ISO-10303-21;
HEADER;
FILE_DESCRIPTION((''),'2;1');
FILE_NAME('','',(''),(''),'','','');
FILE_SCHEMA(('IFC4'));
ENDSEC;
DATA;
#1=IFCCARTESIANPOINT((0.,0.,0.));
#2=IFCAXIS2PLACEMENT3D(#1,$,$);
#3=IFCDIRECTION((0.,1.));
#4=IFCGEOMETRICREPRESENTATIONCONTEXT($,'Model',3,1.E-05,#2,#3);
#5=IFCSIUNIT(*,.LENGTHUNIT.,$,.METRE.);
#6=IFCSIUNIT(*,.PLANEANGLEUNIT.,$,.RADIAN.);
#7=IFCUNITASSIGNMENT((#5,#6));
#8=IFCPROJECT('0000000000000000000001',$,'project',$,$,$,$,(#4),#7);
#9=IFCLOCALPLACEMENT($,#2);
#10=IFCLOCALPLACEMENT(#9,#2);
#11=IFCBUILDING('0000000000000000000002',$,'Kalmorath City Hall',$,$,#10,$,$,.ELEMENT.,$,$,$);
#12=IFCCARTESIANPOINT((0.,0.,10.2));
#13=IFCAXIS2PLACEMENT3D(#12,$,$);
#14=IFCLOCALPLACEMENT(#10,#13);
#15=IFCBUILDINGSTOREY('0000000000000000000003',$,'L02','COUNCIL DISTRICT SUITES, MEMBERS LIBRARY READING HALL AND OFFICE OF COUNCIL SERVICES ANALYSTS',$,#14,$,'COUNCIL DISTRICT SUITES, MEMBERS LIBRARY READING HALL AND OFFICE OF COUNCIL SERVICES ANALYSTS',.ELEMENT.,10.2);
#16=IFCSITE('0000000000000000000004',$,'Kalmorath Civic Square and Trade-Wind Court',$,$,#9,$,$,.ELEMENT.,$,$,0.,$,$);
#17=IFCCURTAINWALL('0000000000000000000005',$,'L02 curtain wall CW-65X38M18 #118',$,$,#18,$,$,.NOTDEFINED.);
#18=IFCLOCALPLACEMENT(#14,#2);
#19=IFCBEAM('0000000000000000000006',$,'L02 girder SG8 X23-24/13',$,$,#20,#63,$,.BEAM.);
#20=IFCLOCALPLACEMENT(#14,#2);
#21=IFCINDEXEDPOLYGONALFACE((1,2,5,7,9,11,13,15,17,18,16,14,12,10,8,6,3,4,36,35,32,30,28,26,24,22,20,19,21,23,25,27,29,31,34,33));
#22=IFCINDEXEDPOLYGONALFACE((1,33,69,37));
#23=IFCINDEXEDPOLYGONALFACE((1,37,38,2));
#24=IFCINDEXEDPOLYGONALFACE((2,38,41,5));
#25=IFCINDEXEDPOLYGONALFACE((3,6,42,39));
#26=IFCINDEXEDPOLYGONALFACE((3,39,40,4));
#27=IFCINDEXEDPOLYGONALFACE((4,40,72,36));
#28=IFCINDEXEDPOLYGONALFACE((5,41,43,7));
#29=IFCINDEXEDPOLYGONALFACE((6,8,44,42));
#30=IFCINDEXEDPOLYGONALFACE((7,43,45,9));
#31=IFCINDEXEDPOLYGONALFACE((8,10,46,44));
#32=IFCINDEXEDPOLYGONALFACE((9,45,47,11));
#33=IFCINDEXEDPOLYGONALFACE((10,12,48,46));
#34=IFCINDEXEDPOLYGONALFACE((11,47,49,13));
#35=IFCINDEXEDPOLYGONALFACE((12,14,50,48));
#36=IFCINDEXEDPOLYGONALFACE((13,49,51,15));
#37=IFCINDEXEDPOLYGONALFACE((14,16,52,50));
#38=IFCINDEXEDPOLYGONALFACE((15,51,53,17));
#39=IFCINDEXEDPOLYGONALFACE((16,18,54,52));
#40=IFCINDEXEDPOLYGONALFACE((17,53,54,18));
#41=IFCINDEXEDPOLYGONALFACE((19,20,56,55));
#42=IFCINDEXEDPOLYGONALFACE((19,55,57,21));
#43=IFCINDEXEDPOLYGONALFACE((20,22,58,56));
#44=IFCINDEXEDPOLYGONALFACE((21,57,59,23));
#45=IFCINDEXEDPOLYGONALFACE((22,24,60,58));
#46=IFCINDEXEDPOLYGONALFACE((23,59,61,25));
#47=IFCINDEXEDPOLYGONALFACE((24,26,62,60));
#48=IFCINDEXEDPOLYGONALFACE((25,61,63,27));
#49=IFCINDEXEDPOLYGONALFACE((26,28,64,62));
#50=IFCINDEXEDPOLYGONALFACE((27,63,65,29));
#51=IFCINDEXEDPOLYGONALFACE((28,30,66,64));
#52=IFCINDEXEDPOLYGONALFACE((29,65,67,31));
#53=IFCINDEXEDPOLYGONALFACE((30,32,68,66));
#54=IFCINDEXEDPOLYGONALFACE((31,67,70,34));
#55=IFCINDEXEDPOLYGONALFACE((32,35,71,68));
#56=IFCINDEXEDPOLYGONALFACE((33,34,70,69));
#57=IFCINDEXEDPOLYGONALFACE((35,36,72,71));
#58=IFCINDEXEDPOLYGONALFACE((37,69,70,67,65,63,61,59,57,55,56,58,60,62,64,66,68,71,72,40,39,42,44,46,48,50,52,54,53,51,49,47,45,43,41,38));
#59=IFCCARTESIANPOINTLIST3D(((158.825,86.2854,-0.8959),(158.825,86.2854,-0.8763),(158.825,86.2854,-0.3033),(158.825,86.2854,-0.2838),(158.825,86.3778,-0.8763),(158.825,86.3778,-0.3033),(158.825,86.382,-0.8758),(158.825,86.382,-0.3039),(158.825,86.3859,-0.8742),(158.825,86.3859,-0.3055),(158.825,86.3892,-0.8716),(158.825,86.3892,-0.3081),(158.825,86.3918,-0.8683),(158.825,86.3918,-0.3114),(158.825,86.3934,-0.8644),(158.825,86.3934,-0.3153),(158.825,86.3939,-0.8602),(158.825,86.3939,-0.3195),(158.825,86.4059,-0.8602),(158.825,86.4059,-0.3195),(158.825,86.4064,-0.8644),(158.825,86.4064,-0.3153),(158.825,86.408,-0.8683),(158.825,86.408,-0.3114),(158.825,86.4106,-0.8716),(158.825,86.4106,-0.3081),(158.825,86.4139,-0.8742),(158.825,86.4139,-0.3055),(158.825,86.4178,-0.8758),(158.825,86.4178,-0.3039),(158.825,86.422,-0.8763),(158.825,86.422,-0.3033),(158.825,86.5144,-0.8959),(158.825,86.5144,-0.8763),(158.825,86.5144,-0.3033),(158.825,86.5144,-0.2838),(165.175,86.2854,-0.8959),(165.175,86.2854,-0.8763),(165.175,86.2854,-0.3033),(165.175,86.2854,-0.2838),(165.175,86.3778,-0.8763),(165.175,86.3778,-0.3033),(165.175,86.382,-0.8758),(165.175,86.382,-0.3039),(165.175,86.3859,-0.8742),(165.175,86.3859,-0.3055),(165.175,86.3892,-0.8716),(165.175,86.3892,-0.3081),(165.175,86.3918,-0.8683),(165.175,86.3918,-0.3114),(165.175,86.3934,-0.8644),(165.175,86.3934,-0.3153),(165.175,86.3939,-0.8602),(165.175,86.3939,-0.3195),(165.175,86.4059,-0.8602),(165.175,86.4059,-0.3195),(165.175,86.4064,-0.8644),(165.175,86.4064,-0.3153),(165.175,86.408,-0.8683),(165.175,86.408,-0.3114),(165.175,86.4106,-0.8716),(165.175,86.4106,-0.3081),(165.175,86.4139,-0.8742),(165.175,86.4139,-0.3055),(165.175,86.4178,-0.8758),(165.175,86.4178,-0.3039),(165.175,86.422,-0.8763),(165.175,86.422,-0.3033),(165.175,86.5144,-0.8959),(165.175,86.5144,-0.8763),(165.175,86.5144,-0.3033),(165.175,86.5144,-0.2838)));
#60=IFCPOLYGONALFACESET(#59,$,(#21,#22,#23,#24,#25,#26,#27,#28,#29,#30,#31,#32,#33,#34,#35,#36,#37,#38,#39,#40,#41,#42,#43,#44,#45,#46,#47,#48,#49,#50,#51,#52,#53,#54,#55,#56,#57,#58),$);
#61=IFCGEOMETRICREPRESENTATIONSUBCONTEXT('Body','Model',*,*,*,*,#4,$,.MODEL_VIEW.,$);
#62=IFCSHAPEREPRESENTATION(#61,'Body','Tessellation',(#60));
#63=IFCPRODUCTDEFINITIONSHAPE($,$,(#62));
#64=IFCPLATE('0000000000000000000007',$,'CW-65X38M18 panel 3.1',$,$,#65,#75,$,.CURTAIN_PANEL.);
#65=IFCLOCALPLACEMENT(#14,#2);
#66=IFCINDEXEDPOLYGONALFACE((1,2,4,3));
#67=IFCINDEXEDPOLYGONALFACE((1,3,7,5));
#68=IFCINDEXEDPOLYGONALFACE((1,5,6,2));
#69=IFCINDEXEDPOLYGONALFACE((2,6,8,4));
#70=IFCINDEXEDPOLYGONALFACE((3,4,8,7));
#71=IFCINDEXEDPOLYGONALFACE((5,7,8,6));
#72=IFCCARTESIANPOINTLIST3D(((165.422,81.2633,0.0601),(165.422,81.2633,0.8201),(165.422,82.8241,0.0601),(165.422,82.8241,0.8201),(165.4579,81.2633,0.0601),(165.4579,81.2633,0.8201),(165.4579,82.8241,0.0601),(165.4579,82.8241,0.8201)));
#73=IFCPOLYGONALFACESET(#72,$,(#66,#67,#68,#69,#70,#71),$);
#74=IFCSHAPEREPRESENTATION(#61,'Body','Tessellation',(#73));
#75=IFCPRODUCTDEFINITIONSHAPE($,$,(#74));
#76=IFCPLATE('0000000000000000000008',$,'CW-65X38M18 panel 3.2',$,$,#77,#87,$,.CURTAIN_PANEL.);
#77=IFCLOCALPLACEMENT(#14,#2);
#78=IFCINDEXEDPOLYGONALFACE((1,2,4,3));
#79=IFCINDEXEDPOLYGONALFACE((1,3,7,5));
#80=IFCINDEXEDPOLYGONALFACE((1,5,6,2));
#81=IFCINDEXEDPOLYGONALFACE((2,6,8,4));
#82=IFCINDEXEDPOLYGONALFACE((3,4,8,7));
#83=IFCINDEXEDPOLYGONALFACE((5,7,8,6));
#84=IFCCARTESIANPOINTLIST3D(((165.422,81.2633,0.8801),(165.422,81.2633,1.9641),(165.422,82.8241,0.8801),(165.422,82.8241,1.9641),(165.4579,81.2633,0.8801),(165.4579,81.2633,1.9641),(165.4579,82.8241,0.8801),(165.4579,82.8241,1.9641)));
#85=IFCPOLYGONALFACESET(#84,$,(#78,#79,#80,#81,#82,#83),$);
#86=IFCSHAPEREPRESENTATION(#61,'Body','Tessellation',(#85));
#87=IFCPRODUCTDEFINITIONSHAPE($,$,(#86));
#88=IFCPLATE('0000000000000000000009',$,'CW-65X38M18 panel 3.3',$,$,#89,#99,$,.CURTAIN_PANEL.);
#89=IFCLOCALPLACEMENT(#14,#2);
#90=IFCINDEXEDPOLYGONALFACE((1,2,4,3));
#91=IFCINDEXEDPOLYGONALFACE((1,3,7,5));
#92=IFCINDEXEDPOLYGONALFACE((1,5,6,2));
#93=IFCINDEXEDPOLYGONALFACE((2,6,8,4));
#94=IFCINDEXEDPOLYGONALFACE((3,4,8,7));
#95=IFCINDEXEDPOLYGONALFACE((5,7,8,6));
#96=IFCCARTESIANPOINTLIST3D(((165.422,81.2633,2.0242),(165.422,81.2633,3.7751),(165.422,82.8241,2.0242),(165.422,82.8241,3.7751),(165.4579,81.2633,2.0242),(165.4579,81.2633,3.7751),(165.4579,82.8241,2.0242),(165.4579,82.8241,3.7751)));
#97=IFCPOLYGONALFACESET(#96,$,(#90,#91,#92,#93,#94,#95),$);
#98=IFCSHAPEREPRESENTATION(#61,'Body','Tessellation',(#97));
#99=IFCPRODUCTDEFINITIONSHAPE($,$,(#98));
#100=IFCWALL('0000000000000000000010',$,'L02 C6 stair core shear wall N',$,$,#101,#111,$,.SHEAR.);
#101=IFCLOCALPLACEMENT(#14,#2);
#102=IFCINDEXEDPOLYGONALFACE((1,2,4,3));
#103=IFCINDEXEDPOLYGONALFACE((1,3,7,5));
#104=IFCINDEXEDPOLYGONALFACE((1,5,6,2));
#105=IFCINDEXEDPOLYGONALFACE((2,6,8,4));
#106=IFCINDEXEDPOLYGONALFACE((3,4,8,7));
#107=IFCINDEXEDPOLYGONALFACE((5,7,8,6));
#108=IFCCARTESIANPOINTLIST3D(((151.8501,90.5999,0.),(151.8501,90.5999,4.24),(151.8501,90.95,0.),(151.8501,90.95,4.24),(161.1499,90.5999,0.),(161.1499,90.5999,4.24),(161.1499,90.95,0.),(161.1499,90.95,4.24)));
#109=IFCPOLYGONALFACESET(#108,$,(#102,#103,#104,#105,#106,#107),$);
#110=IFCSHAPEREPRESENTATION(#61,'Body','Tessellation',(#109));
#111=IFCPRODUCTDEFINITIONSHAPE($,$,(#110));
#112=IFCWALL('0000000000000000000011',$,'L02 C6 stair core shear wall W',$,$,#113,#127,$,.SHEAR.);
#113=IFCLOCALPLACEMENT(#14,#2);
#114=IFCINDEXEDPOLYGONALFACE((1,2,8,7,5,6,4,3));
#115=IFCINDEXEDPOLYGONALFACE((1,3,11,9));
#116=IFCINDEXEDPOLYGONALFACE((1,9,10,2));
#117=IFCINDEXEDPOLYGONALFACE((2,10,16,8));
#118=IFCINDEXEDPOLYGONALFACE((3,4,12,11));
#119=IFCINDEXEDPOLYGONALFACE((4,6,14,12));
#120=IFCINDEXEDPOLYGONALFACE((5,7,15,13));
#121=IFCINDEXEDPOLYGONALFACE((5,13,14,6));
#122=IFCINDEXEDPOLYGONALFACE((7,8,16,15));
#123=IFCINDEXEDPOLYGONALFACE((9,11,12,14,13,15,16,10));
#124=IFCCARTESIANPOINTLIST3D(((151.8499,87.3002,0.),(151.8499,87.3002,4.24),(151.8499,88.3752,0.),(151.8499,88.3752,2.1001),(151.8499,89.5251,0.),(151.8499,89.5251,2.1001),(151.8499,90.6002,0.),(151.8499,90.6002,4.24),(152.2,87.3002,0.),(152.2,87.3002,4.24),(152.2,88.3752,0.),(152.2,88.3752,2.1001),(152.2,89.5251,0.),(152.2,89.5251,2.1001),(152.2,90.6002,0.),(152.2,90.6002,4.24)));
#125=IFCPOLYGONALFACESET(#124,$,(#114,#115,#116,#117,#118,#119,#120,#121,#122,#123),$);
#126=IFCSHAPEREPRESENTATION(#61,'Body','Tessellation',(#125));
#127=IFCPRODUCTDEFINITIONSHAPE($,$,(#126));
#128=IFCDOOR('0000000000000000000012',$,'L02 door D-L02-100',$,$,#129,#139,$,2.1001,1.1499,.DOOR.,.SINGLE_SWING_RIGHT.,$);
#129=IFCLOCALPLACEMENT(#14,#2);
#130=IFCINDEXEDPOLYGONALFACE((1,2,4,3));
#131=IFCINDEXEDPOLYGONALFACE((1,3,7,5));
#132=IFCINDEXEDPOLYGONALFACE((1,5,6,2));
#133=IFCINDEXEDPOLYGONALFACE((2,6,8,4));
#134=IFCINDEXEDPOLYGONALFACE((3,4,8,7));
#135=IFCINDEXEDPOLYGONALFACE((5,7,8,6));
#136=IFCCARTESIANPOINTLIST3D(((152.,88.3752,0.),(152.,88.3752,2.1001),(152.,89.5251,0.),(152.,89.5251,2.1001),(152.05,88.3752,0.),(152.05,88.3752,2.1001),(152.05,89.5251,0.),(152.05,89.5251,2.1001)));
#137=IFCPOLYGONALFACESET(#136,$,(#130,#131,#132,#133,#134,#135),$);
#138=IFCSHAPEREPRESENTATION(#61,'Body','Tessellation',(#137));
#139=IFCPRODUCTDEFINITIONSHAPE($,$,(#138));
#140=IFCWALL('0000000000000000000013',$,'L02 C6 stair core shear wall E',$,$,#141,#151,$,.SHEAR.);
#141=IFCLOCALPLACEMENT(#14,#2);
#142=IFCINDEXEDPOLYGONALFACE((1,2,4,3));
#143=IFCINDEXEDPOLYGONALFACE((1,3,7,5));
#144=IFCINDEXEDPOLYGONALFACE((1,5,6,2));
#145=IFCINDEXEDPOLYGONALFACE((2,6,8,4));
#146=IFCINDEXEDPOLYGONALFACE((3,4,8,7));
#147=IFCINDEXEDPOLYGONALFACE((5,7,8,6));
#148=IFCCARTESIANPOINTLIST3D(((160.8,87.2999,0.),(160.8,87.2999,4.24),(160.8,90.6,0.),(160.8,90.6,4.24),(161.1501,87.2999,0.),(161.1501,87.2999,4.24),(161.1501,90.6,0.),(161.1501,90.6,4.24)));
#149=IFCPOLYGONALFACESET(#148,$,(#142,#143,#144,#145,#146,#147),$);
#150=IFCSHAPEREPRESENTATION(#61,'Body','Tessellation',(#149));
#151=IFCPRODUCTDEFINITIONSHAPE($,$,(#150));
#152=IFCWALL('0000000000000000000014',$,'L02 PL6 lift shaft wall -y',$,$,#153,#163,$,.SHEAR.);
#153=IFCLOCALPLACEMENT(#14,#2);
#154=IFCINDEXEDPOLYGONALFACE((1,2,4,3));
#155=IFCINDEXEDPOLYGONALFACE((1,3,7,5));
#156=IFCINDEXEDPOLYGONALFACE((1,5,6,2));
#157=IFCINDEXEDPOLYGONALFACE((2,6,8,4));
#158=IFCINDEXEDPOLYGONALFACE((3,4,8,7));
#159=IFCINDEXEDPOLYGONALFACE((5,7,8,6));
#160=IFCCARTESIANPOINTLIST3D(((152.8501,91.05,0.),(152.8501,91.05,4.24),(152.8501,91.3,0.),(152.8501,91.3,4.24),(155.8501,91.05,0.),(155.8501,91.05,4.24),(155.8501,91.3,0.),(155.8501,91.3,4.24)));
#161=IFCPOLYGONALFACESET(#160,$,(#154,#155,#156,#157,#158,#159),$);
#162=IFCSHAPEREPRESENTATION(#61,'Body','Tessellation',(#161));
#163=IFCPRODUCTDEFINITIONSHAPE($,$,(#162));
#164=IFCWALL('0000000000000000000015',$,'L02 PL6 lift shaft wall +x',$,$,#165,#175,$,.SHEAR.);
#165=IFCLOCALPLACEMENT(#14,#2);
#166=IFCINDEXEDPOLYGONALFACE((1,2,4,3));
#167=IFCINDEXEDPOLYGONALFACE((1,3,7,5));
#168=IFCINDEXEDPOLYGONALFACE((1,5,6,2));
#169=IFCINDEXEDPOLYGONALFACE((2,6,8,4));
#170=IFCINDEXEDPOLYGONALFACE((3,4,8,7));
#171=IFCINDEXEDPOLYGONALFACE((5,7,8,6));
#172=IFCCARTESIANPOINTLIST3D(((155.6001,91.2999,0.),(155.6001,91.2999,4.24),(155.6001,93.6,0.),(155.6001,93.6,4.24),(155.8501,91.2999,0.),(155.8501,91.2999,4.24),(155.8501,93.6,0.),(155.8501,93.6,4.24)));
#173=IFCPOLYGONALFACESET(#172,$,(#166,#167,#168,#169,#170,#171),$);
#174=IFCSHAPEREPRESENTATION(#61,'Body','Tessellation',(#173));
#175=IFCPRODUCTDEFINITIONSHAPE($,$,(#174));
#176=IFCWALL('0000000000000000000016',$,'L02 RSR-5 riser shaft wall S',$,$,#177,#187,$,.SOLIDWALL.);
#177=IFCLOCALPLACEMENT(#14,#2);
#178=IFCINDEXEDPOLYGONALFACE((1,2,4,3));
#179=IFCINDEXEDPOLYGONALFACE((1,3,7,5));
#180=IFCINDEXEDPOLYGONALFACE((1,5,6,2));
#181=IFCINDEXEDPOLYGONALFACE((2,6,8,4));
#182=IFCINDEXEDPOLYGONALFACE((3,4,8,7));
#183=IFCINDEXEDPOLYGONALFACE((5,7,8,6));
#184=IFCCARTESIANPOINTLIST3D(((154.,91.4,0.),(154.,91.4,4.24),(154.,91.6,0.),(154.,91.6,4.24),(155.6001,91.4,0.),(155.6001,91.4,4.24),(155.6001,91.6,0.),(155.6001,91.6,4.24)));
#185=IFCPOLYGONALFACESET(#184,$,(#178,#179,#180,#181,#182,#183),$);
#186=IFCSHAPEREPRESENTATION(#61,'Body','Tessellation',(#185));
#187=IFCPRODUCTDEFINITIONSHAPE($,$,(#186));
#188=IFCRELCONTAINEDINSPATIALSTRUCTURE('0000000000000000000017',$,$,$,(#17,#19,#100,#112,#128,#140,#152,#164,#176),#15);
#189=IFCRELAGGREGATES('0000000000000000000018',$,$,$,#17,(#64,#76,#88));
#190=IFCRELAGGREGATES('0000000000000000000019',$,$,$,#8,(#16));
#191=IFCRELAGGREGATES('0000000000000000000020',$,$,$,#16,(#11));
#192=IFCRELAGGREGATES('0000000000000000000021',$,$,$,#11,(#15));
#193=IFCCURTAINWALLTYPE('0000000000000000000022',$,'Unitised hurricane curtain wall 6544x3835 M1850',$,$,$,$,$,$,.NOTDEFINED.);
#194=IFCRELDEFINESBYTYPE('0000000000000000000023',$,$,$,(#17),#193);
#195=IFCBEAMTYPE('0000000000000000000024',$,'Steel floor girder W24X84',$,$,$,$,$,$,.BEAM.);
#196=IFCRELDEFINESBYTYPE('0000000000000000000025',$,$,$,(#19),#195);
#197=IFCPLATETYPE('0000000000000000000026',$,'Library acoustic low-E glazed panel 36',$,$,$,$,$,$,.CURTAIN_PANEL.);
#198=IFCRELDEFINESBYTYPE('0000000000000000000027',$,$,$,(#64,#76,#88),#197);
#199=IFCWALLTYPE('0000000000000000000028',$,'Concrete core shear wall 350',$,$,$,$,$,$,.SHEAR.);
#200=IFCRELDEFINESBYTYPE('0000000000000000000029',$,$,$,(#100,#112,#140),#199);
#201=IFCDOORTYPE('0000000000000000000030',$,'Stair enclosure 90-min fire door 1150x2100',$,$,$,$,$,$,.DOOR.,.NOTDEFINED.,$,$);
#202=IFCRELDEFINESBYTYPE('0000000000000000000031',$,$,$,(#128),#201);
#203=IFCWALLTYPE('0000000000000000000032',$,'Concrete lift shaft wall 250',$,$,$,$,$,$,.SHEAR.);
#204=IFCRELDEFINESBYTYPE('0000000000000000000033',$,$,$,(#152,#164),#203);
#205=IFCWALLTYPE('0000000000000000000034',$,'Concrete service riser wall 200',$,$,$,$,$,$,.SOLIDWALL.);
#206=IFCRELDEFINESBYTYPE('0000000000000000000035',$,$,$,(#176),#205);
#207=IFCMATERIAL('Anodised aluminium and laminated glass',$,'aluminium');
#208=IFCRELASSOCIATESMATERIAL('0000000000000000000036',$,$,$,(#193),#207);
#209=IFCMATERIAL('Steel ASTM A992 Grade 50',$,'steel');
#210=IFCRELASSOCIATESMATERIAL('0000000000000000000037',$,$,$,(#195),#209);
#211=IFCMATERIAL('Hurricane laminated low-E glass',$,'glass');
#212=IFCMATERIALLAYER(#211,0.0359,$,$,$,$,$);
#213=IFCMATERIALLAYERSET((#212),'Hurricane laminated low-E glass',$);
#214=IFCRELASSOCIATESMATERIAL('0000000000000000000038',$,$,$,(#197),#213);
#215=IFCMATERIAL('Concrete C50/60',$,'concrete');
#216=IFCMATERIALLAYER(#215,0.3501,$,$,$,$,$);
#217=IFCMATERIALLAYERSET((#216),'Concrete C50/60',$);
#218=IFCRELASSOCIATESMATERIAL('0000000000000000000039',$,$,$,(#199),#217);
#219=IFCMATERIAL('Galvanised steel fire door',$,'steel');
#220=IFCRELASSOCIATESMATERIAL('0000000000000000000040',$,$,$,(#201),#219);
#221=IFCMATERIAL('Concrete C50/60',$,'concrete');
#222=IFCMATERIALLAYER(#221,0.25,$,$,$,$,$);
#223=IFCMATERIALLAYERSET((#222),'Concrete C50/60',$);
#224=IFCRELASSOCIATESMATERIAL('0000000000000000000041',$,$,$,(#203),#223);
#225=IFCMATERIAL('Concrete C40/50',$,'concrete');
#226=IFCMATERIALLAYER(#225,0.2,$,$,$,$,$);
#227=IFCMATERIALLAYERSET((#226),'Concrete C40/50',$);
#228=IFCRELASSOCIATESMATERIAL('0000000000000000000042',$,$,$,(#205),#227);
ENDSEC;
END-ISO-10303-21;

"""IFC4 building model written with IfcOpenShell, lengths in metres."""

from ifc_helpers import new_model, si_unit, direction, frame, frame_2d, origin, origin_2d, place, context, subcontext, project, spatial, rectangle, i_section, extrude, material, layer, layer_set, material_profile, profile_set, type_object, element, fill, aggregate, save


model = new_model("IFC4")

# Units and contexts
model_context = context("Model", 3, precision=1e-05, world=origin(), true_north=direction((0.0, 1.0)))
body_context = subcontext(model_context, "Body", "Model", "MODEL_VIEW")
ifc_project = project(units=[si_unit("LENGTHUNIT", "METRE"), si_unit("PLANEANGLEUNIT", "RADIAN")], contexts=[model_context])

# Site, building, storey
site_placement = place(None, origin())
site = spatial("IfcSite", under=ifc_project, at=site_placement, Name="Kalmorath Civic Square and Trade-Wind Court", CompositionType="ELEMENT", RefElevation=0.0)
building_placement = place(site_placement, origin())
building = spatial("IfcBuilding", under=site, at=building_placement, Name="Kalmorath City Hall", CompositionType="ELEMENT")
storey_placement = place(building_placement, frame((0.0, 0.0, 10.2)))
storey = spatial("IfcBuildingStorey", under=building, at=storey_placement, Name="L02", Description="COUNCIL DISTRICT SUITES, MEMBERS LIBRARY READING HALL AND OFFICE OF COUNCIL SERVICES ANALYSTS", LongName="COUNCIL DISTRICT SUITES, MEMBERS LIBRARY READING HALL AND OFFICE OF COUNCIL SERVICES ANALYSTS", CompositionType="ELEMENT", Elevation=10.2)

# Curtain wall
ifc_material_1 = material(Name="Anodised aluminium and laminated glass", Category="aluminium")
curtain_wall_type = type_object("IfcCurtainWallType", Name="Unitised hurricane curtain wall 6544x3835 M1850", PredefinedType="NOTDEFINED", material=ifc_material_1)
curtain_wall_placement = place(storey_placement, origin())
curtain_wall = element("IfcCurtainWall", 1, at=curtain_wall_placement, inside=storey, type_object=curtain_wall_type, Name="L02 curtain wall CW-65X38M18 #118", PredefinedType="NOTDEFINED")

# Beam
ifc_material_2 = material(Name="Steel ASTM A992 Grade 50", Category="steel")
ifc_material_profile_1 = material_profile(ifc_material_2, i_section(OverallWidth=0.229, OverallDepth=0.6121, WebThickness=0.012, FlangeThickness=0.0195, FilletRadius=0.0161, at=origin_2d()), Name="W24X84")
ifc_profile_set_1 = profile_set([ifc_material_profile_1], Name="Steel ASTM A992 Grade 50")
beam_type_1 = type_object("IfcBeamType", Name="Steel floor girder W24X84", PredefinedType="BEAM", material=ifc_profile_set_1)
beam_1_placement = place(storey_placement, frame((158.825, 86.3999, -0.5898), z_axis=(1.0, 0.0, 0.0), x_axis=(0.0, 1.0, 0.0)))
element("IfcBeam", 2, at=beam_1_placement, inside=storey, type_object=beam_type_1, Name="L02 girder SG8 X23-24/13", PredefinedType="BEAM", context=body_context, shape_type="SweptSolid", body=[
    extrude(i_section(OverallWidth=0.229, OverallDepth=0.6121, WebThickness=0.012, FlangeThickness=0.0195, FilletRadius=0.0161, at=origin_2d()), origin(), (0.0, 0.0, 1.0), 6.3501),
])

# Plates
ifc_material_3 = material(Name="Hurricane laminated low-E glass", Category="glass")
ifc_layer_1 = layer(ifc_material_3, 0.0359)
ifc_layer_set_1 = layer_set([ifc_layer_1], Name="Hurricane laminated low-E glass")
plate_type = type_object("IfcPlateType", Name="Library acoustic low-E glazed panel 36", PredefinedType="CURTAIN_PANEL", material=ifc_layer_set_1)
plate_1_placement = place(storey_placement, frame((165.4399, 82.0437, 0.0601), z_axis=(0.0, 0.0, 1.0), x_axis=(0.0, -1.0, 0.0)))
plate_1 = element("IfcPlate", 3, at=plate_1_placement, type_object=plate_type, Name="CW-65X38M18 panel 3.1", PredefinedType="CURTAIN_PANEL", context=body_context, shape_type="SweptSolid", body=[
    extrude(rectangle(XDim=1.5608, YDim=0.0359, at=origin_2d()), origin(), (0.0, 0.0, 1.0), 0.76),
])
plate_2_placement = place(storey_placement, frame((165.4399, 82.0437, 0.8801), z_axis=(0.0, 0.0, 1.0), x_axis=(0.0, -1.0, 0.0)))
plate_2 = element("IfcPlate", 4, at=plate_2_placement, type_object=plate_type, Name="CW-65X38M18 panel 3.2", PredefinedType="CURTAIN_PANEL", context=body_context, shape_type="SweptSolid", body=[
    extrude(rectangle(XDim=1.5608, YDim=0.0359, at=origin_2d()), origin(), (0.0, 0.0, 1.0), 1.084),
])
plate_3_placement = place(storey_placement, frame((165.4399, 82.0437, 2.0242), z_axis=(0.0, 0.0, 1.0), x_axis=(0.0, -1.0, 0.0)))
plate_3 = element("IfcPlate", 5, at=plate_3_placement, type_object=plate_type, Name="CW-65X38M18 panel 3.3", PredefinedType="CURTAIN_PANEL", context=body_context, shape_type="SweptSolid", body=[
    extrude(rectangle(XDim=1.5608, YDim=0.0359, at=origin_2d()), origin(), (0.0, 0.0, 1.0), 1.751),
])
aggregate(curtain_wall, [plate_1, plate_2, plate_3])

# Wall
ifc_material_4 = material(Name="Concrete C50/60", Category="concrete")
ifc_layer_2 = layer(ifc_material_4, 0.3501)
ifc_layer_set_2 = layer_set([ifc_layer_2], Name="Concrete C50/60")
wall_type_1 = type_object("IfcWallType", Name="Concrete core shear wall 350", PredefinedType="SHEAR", material=ifc_layer_set_2)
wall_1_placement = place(storey_placement, frame((161.1499, 90.7749, 0.0), z_axis=(0.0, 0.0, 1.0), x_axis=(-1.0, 0.0, 0.0)))
element("IfcWall", 6, at=wall_1_placement, inside=storey, type_object=wall_type_1, Name="L02 C6 stair core shear wall N", PredefinedType="SHEAR", context=body_context, shape_type="SweptSolid", body=[
    extrude(rectangle(XDim=9.2998, YDim=0.3501, at=frame_2d((4.6499, 0.0))), origin(), (0.0, 0.0, 1.0), 4.24),
])

# Wall, opening, door
wall_2_placement = place(storey_placement, frame((152.0249, 90.6001, 0.0), z_axis=(0.0, 0.0, 1.0), x_axis=(0.0, -1.0, 0.0)))
wall_2 = element("IfcWall", 7, at=wall_2_placement, inside=storey, type_object=wall_type_1, Name="L02 C6 stair core shear wall W", PredefinedType="SHEAR", context=body_context, shape_type="SweptSolid", body=[
    extrude(rectangle(XDim=3.3, YDim=0.3501, at=frame_2d((1.6499, 0.0))), origin(), (0.0, 0.0, 1.0), 4.24),
])
opening_placement = place(wall_2_placement, frame((1.075, 0.0, 0.0)))
opening = element("IfcOpeningElement", 8, at=opening_placement, cuts=wall_2, PredefinedType="OPENING", context=body_context, shape_type="SweptSolid", body=[
    extrude(rectangle(XDim=1.1499, YDim=2.1001, at=frame_2d((0.575, 1.05))), frame((0.0, 0.1851, 0.0), z_axis=(0.0, -1.0, 0.0), x_axis=(1.0, 0.0, 0.0)), (0.0, 0.0, 1.0), 0.3701),
])
ifc_material_5 = material(Name="Galvanised steel fire door", Category="steel")
door_type = type_object("IfcDoorType", Name="Stair enclosure 90-min fire door 1150x2100", OperationType="NOTDEFINED", PredefinedType="DOOR", material=ifc_material_5)
door_placement = place(opening_placement, frame((1.1499, 0.0, 0.0), z_axis=(0.0, 0.0, 1.0), x_axis=(-1.0, 0.0, 0.0)))
door = element("IfcDoor", 9, at=door_placement, inside=storey, type_object=door_type, Name="L02 door D-L02-100", OperationType="SINGLE_SWING_RIGHT", OverallHeight=2.1001, OverallWidth=1.1499, PredefinedType="DOOR", context=body_context, shape_type="SweptSolid", body=[
    extrude(rectangle(XDim=1.1499, YDim=2.1001, at=frame_2d((0.575, 1.05))), frame((0.0, 0.0249, 0.0), z_axis=(0.0, -1.0, 0.0), x_axis=(1.0, 0.0, 0.0)), (0.0, 0.0, 1.0), 0.05),
])
fill(opening, door)

# Walls
wall_3_placement = place(storey_placement, frame((160.9751, 87.3, 0.0), z_axis=(0.0, 0.0, 1.0), x_axis=(0.0, 1.0, 0.0)))
element("IfcWall", 10, at=wall_3_placement, inside=storey, type_object=wall_type_1, Name="L02 C6 stair core shear wall E", PredefinedType="SHEAR", context=body_context, shape_type="SweptSolid", body=[
    extrude(rectangle(XDim=3.3, YDim=0.3501, at=frame_2d((1.6499, 0.0))), origin(), (0.0, 0.0, 1.0), 4.24),
])
ifc_material_6 = material(Name="Concrete C50/60", Category="concrete")
ifc_layer_3 = layer(ifc_material_6, 0.25)
ifc_layer_set_3 = layer_set([ifc_layer_3], Name="Concrete C50/60")
wall_type_2 = type_object("IfcWallType", Name="Concrete lift shaft wall 250", PredefinedType="SHEAR", material=ifc_layer_set_3)
wall_4_placement = place(storey_placement, frame((152.8501, 91.175, 0.0), z_axis=(0.0, 0.0, 1.0), x_axis=(1.0, 0.0, 0.0)))
element("IfcWall", 11, at=wall_4_placement, inside=storey, type_object=wall_type_2, Name="L02 PL6 lift shaft wall -y", PredefinedType="SHEAR", context=body_context, shape_type="SweptSolid", body=[
    extrude(rectangle(XDim=3.0, YDim=0.25, at=frame_2d((1.5, 0.0))), origin(), (0.0, 0.0, 1.0), 4.24),
])
wall_5_placement = place(storey_placement, frame((155.7251, 91.3, 0.0), z_axis=(0.0, 0.0, 1.0), x_axis=(0.0, 1.0, 0.0)))
element("IfcWall", 12, at=wall_5_placement, inside=storey, type_object=wall_type_2, Name="L02 PL6 lift shaft wall +x", PredefinedType="SHEAR", context=body_context, shape_type="SweptSolid", body=[
    extrude(rectangle(XDim=2.3, YDim=0.25, at=frame_2d((1.1499, 0.0))), origin(), (0.0, 0.0, 1.0), 4.24),
])
ifc_material_7 = material(Name="Concrete C40/50", Category="concrete")
ifc_layer_4 = layer(ifc_material_7, 0.2)
ifc_layer_set_4 = layer_set([ifc_layer_4], Name="Concrete C40/50")
wall_type_3 = type_object("IfcWallType", Name="Concrete service riser wall 200", PredefinedType="SOLIDWALL", material=ifc_layer_set_4)
wall_6_placement = place(storey_placement, frame((154.0, 91.5, 0.0), z_axis=(0.0, 0.0, 1.0), x_axis=(1.0, 0.0, 0.0)))
element("IfcWall", 13, at=wall_6_placement, inside=storey, type_object=wall_type_3, Name="L02 RSR-5 riser shaft wall S", PredefinedType="SOLIDWALL", context=body_context, shape_type="SweptSolid", body=[
    extrude(rectangle(XDim=1.6001, YDim=0.2, at=frame_2d((0.8, 0.0))), origin(), (0.0, 0.0, 1.0), 4.24),
])

save(model, "model.ifc")
